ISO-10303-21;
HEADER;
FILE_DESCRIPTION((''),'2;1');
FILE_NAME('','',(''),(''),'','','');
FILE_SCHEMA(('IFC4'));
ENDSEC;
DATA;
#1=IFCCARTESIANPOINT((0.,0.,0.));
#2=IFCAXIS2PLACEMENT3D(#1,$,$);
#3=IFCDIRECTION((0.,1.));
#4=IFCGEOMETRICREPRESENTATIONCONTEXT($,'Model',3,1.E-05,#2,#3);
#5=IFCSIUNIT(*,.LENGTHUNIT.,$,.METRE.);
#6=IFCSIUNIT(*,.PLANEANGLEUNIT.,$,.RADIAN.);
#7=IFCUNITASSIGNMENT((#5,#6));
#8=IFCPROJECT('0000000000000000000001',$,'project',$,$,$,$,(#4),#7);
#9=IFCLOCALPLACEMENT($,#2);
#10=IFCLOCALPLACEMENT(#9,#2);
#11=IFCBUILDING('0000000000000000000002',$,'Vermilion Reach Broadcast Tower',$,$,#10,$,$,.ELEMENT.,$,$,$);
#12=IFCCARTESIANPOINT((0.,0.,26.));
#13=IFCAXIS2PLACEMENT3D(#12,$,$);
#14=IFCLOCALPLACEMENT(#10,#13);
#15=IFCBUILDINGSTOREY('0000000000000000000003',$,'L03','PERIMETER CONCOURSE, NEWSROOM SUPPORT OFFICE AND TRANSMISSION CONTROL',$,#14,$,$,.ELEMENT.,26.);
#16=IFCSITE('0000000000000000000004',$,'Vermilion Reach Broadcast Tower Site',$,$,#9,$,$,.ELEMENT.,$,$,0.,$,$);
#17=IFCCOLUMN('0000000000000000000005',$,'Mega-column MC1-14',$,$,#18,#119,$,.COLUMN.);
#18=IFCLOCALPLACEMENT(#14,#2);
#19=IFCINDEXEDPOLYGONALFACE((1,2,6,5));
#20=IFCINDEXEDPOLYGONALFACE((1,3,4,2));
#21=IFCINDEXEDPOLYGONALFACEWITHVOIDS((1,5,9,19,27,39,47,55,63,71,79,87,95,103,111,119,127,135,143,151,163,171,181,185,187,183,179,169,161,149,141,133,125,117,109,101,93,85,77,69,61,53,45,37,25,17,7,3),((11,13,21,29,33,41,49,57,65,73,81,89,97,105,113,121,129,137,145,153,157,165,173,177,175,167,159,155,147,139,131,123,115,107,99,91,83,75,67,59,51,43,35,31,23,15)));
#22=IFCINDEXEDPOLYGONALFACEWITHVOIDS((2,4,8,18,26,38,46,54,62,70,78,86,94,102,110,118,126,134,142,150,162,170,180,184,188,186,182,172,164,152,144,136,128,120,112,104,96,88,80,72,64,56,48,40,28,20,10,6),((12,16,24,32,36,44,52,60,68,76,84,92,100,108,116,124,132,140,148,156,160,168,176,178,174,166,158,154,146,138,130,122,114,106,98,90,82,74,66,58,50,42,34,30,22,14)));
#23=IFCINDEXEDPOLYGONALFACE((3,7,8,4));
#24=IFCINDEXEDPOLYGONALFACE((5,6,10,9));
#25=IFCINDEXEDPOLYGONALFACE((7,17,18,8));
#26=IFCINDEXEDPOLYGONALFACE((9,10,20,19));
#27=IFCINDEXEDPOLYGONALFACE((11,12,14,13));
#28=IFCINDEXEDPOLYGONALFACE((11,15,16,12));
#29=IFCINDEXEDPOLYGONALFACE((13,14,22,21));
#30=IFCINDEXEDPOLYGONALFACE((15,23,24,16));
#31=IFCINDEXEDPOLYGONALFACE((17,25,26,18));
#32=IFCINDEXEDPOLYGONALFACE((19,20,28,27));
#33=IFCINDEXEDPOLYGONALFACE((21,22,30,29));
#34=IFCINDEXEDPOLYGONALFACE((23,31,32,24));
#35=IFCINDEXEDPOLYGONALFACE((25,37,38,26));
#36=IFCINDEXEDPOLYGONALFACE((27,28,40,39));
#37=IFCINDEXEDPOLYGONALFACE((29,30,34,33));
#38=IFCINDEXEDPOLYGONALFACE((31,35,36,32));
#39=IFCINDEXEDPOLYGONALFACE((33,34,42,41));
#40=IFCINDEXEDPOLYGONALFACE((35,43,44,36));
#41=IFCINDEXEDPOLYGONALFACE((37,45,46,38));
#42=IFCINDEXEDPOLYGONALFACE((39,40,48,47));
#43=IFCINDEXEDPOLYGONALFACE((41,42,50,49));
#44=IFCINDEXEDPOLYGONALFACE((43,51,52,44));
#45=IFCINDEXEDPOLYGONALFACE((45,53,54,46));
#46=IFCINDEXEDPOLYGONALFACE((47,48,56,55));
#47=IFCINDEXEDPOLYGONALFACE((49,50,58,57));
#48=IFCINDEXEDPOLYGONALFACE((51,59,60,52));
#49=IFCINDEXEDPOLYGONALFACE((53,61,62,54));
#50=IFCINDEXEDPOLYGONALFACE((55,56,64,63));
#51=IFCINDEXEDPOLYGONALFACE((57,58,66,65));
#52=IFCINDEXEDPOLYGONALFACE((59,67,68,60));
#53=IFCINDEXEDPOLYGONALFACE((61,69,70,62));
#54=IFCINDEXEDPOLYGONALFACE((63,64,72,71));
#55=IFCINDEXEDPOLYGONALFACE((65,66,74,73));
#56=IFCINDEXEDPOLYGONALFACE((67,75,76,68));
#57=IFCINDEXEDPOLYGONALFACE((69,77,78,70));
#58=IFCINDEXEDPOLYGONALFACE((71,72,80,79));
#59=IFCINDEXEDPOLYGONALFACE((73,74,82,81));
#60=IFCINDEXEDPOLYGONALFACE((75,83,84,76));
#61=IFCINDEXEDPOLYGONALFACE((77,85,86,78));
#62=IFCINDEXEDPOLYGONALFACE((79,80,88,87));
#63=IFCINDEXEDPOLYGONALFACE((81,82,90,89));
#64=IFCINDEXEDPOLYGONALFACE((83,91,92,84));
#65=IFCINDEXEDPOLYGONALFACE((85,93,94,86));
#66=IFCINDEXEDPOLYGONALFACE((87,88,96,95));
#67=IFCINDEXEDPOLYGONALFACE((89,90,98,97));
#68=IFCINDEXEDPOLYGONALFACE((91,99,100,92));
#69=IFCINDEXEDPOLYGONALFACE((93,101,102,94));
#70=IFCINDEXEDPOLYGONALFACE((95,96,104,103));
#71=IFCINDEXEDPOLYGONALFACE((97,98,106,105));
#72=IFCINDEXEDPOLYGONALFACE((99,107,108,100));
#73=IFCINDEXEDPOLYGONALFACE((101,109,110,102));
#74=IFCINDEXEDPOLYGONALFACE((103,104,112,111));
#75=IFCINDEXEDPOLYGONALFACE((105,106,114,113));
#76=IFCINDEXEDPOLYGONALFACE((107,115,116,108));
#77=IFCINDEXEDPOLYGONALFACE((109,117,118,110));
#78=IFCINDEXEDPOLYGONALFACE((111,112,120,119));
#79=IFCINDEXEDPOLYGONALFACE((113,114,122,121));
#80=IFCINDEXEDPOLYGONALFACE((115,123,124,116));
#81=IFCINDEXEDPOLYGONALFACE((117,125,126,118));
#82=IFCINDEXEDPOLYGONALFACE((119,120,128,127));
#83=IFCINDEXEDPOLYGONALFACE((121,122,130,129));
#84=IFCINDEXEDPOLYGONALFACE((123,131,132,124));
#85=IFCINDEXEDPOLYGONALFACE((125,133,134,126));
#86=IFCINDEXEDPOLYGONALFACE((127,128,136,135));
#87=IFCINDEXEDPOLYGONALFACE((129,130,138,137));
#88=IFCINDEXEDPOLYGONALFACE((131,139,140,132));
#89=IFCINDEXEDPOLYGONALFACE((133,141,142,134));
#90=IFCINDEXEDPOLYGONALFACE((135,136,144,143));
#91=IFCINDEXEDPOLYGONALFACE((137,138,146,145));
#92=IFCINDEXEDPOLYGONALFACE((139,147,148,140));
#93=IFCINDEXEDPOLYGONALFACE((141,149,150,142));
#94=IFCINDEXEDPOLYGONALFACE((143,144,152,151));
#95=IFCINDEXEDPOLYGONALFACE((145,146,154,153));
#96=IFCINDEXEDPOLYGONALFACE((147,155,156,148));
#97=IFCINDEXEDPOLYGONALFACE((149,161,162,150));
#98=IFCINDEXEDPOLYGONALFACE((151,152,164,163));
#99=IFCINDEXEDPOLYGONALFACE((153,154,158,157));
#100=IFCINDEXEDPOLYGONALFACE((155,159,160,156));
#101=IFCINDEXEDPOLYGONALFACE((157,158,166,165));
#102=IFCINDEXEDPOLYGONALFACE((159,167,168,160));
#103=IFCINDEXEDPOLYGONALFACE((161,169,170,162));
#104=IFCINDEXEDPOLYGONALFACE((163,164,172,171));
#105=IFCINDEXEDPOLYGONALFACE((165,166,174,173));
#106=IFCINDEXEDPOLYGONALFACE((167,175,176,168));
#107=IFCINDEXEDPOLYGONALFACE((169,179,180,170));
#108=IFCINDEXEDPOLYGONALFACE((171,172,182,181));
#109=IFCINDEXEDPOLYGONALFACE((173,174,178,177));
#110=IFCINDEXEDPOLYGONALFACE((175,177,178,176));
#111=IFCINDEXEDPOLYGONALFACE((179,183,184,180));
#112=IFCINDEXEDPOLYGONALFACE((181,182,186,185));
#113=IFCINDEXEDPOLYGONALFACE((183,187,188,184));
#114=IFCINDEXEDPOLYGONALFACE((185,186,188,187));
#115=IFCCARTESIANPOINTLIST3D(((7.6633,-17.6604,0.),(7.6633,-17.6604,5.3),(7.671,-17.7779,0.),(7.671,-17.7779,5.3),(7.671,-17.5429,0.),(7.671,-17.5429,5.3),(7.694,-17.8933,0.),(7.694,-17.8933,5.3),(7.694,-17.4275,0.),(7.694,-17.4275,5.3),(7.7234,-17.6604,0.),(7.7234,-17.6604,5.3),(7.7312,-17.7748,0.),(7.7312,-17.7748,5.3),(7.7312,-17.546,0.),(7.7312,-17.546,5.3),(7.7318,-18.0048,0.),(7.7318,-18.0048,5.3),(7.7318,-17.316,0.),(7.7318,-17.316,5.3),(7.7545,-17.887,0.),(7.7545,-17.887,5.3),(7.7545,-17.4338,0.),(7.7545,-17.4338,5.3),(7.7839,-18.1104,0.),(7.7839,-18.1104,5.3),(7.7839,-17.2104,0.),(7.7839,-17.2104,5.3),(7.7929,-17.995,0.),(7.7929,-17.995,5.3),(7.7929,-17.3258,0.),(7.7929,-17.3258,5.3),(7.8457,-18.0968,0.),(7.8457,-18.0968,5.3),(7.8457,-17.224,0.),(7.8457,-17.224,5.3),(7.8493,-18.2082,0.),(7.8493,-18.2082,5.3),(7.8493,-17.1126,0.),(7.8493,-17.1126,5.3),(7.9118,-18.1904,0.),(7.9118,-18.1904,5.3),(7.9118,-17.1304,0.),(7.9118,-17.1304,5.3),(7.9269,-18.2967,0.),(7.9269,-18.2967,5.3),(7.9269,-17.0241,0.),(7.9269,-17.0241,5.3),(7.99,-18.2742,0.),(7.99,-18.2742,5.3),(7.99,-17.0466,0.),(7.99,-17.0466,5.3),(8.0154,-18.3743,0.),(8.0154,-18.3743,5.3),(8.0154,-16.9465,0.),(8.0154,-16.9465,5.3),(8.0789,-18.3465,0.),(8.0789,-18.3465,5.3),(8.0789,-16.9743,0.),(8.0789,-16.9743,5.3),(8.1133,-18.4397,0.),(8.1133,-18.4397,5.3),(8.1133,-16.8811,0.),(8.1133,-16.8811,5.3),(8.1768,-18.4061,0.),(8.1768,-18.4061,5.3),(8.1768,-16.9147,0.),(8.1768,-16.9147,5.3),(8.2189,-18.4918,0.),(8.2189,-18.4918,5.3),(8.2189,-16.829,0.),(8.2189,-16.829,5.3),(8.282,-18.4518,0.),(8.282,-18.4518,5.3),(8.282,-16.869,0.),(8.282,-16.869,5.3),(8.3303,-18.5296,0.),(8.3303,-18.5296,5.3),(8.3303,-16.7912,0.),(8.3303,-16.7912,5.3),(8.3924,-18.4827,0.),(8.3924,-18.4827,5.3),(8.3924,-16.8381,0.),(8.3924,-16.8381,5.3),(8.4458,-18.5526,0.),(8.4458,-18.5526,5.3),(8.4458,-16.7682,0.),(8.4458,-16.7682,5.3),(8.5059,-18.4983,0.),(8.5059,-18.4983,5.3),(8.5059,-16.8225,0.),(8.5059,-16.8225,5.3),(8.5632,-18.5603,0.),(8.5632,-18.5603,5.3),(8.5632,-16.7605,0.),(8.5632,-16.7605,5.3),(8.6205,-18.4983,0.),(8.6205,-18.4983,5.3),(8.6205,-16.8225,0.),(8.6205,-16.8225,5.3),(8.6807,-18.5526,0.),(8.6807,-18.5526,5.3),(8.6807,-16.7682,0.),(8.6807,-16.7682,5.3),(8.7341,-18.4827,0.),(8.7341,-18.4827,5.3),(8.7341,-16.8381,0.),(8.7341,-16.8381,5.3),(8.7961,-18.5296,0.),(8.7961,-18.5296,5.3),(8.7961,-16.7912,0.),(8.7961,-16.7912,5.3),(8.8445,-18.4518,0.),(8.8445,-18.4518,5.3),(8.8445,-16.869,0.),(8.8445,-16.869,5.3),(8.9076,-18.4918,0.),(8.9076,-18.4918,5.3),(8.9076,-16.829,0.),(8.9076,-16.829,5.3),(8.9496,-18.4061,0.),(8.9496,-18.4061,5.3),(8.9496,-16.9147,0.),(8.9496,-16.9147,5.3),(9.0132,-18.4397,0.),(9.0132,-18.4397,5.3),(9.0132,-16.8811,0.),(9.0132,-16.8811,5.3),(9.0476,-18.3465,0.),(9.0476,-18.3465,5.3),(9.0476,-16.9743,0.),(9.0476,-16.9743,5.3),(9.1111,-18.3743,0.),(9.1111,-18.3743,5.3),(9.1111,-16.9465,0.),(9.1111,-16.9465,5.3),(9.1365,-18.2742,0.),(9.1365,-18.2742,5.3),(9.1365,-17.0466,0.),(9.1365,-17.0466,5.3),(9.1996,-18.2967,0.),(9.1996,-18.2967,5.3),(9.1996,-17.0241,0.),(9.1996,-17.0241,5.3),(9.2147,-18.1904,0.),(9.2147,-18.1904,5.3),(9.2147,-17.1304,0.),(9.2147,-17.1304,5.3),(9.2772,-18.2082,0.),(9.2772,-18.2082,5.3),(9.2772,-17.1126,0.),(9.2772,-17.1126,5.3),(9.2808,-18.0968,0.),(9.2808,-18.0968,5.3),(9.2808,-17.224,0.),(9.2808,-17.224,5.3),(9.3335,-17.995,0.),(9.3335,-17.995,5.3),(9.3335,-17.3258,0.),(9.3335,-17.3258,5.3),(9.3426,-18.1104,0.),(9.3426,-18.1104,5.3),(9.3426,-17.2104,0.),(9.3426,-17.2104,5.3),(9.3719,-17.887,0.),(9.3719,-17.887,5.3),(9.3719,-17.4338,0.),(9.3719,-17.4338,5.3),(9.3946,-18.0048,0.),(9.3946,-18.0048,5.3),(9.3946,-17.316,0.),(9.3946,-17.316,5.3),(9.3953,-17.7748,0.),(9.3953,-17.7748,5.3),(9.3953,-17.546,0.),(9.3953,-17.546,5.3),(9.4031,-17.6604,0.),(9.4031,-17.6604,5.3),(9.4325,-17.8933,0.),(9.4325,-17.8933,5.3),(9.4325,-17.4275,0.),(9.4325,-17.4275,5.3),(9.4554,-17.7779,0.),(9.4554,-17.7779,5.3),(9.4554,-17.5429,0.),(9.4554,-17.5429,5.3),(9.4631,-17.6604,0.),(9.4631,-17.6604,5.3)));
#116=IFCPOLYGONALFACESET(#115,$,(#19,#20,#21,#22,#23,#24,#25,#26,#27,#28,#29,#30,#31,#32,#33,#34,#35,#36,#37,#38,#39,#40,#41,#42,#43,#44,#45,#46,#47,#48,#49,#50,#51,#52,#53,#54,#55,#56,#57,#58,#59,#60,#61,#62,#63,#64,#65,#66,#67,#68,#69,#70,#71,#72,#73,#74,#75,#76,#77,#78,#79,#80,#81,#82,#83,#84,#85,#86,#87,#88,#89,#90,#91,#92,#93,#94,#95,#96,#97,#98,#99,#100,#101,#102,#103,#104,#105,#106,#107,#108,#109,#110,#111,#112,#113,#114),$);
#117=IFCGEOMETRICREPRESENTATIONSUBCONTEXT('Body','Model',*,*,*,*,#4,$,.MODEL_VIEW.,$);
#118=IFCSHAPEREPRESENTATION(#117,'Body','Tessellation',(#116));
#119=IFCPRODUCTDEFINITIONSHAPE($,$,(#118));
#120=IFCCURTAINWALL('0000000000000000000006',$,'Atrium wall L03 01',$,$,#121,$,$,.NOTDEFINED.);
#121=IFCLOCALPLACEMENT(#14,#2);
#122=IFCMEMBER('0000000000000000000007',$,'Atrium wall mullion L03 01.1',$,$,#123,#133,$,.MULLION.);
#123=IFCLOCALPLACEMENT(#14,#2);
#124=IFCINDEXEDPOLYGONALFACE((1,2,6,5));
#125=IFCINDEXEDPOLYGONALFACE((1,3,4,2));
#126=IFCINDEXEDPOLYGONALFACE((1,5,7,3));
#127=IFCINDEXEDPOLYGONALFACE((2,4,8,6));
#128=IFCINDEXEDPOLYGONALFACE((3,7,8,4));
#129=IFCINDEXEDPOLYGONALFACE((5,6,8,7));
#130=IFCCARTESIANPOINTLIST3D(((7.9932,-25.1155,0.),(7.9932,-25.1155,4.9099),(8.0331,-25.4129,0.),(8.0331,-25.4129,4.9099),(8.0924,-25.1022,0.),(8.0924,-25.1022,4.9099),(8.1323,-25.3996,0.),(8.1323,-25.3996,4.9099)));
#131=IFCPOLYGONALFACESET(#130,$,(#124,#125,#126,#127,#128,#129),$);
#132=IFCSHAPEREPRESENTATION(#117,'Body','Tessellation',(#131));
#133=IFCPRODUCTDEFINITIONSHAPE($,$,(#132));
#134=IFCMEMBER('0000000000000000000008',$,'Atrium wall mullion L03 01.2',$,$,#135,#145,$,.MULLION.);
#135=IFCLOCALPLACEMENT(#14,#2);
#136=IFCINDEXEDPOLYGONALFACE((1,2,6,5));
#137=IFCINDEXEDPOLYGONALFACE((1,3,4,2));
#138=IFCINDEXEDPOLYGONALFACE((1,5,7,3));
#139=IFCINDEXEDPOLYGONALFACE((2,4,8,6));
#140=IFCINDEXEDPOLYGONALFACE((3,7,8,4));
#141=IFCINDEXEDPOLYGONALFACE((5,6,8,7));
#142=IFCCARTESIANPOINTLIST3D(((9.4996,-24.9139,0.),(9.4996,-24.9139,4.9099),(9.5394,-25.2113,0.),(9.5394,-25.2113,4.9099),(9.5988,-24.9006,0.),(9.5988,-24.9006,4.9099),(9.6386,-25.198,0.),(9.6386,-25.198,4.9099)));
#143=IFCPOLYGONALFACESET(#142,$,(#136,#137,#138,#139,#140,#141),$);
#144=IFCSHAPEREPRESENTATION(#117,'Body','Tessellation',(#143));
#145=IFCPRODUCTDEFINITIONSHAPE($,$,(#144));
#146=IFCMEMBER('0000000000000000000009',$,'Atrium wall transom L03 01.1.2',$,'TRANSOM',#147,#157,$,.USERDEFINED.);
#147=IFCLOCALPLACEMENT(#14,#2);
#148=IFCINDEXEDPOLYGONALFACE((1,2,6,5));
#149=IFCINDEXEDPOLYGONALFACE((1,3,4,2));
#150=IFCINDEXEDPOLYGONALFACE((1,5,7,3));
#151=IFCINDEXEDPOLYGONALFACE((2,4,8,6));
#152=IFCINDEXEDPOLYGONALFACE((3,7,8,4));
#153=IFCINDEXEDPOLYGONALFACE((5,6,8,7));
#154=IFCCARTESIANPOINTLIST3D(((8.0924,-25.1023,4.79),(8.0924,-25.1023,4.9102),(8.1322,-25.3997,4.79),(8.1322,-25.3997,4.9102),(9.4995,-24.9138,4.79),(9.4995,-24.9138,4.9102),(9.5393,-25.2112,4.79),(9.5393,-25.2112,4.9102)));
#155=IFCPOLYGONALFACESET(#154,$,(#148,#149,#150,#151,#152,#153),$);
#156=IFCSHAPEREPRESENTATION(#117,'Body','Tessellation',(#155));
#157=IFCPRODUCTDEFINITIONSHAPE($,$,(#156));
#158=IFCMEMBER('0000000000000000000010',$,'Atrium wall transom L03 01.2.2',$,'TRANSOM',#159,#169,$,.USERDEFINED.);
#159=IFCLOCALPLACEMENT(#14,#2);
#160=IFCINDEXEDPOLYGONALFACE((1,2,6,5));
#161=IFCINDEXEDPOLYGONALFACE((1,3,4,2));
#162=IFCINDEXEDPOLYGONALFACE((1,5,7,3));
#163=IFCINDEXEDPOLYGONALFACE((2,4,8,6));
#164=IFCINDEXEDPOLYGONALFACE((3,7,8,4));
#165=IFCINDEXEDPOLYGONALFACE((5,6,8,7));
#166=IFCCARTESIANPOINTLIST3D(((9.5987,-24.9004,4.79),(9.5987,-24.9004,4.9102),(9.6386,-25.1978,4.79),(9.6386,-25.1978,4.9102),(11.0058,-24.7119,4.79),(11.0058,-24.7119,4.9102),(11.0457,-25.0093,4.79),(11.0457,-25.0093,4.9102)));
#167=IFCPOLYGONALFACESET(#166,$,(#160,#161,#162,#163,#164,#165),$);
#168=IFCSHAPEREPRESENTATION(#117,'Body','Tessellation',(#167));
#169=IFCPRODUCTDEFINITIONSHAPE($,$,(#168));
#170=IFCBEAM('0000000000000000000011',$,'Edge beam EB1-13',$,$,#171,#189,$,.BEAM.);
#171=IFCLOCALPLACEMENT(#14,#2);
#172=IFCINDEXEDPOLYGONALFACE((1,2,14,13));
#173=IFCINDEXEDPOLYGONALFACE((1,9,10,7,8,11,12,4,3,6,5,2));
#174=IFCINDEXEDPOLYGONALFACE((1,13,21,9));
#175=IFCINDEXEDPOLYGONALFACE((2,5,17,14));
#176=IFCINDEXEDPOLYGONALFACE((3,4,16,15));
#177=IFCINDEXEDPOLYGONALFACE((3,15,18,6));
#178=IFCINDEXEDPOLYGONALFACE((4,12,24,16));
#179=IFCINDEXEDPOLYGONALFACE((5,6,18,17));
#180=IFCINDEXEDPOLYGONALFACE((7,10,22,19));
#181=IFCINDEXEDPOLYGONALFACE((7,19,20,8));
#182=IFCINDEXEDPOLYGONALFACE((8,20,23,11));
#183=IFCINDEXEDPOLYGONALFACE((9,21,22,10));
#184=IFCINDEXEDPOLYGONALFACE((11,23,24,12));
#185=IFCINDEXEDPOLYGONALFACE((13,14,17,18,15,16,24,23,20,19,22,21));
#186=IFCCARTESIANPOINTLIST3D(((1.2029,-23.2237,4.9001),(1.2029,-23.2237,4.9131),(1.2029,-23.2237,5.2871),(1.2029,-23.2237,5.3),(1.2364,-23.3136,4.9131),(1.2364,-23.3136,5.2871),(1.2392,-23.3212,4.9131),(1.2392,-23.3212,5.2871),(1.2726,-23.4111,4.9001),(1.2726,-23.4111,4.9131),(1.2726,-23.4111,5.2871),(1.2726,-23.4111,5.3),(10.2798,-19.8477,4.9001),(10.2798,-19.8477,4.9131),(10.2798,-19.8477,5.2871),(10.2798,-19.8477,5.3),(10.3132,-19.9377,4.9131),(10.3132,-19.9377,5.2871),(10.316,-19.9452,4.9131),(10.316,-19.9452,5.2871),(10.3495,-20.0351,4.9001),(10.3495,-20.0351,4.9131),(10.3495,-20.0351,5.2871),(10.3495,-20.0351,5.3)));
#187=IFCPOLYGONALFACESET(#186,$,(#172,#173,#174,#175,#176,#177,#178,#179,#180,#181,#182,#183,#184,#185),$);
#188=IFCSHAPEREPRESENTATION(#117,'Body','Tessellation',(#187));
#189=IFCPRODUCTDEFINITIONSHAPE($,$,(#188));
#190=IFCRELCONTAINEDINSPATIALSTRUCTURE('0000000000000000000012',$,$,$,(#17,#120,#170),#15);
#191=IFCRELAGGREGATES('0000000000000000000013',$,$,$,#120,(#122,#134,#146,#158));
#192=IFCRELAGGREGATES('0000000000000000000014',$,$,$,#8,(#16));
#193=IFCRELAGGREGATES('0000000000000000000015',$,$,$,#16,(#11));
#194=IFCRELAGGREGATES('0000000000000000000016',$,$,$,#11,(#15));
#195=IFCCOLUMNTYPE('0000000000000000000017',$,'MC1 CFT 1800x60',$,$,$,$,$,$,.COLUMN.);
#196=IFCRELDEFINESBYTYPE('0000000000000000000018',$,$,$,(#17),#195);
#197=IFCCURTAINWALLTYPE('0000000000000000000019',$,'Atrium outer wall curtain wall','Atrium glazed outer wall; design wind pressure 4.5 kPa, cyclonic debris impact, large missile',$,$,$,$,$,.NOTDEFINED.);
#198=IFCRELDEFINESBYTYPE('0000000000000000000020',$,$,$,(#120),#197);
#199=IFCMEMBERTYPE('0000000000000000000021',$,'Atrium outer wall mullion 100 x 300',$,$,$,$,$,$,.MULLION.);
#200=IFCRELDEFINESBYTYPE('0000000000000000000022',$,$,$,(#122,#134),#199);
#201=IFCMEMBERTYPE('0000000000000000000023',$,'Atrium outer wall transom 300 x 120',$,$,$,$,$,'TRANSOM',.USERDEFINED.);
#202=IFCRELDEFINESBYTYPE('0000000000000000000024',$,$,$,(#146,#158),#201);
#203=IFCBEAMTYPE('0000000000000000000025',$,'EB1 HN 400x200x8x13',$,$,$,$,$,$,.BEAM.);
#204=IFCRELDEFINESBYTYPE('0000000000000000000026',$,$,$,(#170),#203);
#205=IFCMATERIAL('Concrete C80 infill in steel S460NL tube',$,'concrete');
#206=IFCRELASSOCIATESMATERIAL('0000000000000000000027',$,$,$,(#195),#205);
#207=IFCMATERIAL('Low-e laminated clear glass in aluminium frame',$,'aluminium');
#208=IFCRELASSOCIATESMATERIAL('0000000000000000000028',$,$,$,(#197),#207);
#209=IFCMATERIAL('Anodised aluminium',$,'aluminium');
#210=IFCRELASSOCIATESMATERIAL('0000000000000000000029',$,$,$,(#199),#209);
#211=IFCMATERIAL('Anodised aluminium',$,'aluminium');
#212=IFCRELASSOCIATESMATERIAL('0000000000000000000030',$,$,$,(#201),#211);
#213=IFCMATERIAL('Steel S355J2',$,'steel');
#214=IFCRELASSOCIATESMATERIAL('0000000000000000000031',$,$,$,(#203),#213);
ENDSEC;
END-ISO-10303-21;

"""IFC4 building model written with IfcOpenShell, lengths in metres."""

from ifc_helpers import new_model, si_unit, direction, frame, origin, origin_2d, place, context, subcontext, project, spatial, rectangle, hollow_circle, i_section, extrude, material, material_profile, profile_set, type_object, element, aggregate, save


model = new_model("IFC4")

# Units and contexts
model_context = context("Model", 3, precision=1e-05, world=origin(), true_north=direction((0.0, 1.0)))
body_context = subcontext(model_context, "Body", "Model", "MODEL_VIEW")
ifc_project = project(units=[si_unit("LENGTHUNIT", "METRE"), si_unit("PLANEANGLEUNIT", "RADIAN")], contexts=[model_context])

# Site, building, storey
site_placement = place(None, origin())
site = spatial("IfcSite", under=ifc_project, at=site_placement, Name="Vermilion Reach Broadcast Tower Site", CompositionType="ELEMENT", RefElevation=0.0)
building_placement = place(site_placement, origin())
building = spatial("IfcBuilding", under=site, at=building_placement, Name="Vermilion Reach Broadcast Tower", CompositionType="ELEMENT")
storey_placement = place(building_placement, frame((0.0, 0.0, 26.0)))
storey = spatial("IfcBuildingStorey", under=building, at=storey_placement, Name="L03", Description="PERIMETER CONCOURSE, NEWSROOM SUPPORT OFFICE AND TRANSMISSION CONTROL", CompositionType="ELEMENT", Elevation=26.0)

# Column
ifc_material_1 = material(Name="Concrete C80 infill in steel S460NL tube", Category="concrete")
ifc_material_profile_1 = material_profile(ifc_material_1, hollow_circle(Radius=0.8999, WallThickness=0.0601, at=origin_2d()), Name="Concrete C80 infill in steel S460NL tube CFT 1800x60")
ifc_profile_set_1 = profile_set([ifc_material_profile_1], Name="Concrete C80 infill in steel S460NL tube")
column_type = type_object("IfcColumnType", Name="MC1 CFT 1800x60", PredefinedType="COLUMN", material=ifc_profile_set_1)
for number, where, z_axis, x_axis, name in (
    (1, (8.5632, -17.6604, 0.0), (0.0, 0.0, 1.0), (1.0, 0.0, 0.0), "Mega-column MC1-14"),
):
    element("IfcColumn", number, at=place(storey_placement, frame(where, z_axis=z_axis, x_axis=x_axis)), inside=storey, type_object=column_type, Name=name, PredefinedType="COLUMN", context=body_context, shape_type="SweptSolid", body=[
        extrude(hollow_circle(Radius=0.8999, WallThickness=0.0601, at=origin_2d()), origin(), (0.0, 0.0, 1.0), 5.3),
    ])

# Curtain wall, members
ifc_material_2 = material(Name="Low-e laminated clear glass in aluminium frame", Category="aluminium")
curtain_wall_type = type_object("IfcCurtainWallType", Name="Atrium outer wall curtain wall", Description="Atrium glazed outer wall; design wind pressure 4.5 kPa, cyclonic debris impact, large missile", PredefinedType="NOTDEFINED", material=ifc_material_2)
curtain_wall_placement = place(storey_placement, origin())
curtain_wall = element("IfcCurtainWall", 2, at=curtain_wall_placement, inside=storey, type_object=curtain_wall_type, Name="Atrium wall L03 01", PredefinedType="NOTDEFINED")
ifc_material_3 = material(Name="Anodised aluminium", Category="aluminium")
ifc_material_profile_2 = material_profile(ifc_material_3, rectangle(XDim=0.3, YDim=0.1001, at=origin_2d()), Name="Atrium outer wall mullion 100 x 300")
ifc_profile_set_2 = profile_set([ifc_material_profile_2], Name="Anodised aluminium")
member_type_1 = type_object("IfcMemberType", Name="Atrium outer wall mullion 100 x 300", PredefinedType="MULLION", material=ifc_profile_set_2)
member_1_placement = place(storey_placement, frame((8.0627, -25.2576, 0.0), z_axis=(0.0, 0.0, 1.0), x_axis=(-0.132794, 0.991144, 0.0)))
member_1 = element("IfcMember", 3, at=member_1_placement, type_object=member_type_1, Name="Atrium wall mullion L03 01.1", PredefinedType="MULLION", context=body_context, shape_type="SweptSolid", body=[
    extrude(rectangle(XDim=0.3, YDim=0.1001, at=origin_2d()), origin(), (0.0, 0.0, 1.0), 4.9099),
])
member_2_placement = place(storey_placement, frame((9.5691, -25.0559, 0.0), z_axis=(0.0, 0.0, 1.0), x_axis=(-0.132794, 0.991144, 0.0)))
member_2 = element("IfcMember", 4, at=member_2_placement, type_object=member_type_1, Name="Atrium wall mullion L03 01.2", PredefinedType="MULLION", context=body_context, shape_type="SweptSolid", body=[
    extrude(rectangle(XDim=0.3, YDim=0.1001, at=origin_2d()), origin(), (0.0, 0.0, 1.0), 4.9099),
])
ifc_material_4 = material(Name="Anodised aluminium", Category="aluminium")
ifc_material_profile_3 = material_profile(ifc_material_4, rectangle(XDim=0.3, YDim=0.1201, at=origin_2d()), Name="Atrium outer wall transom 300 x 120")
ifc_profile_set_3 = profile_set([ifc_material_profile_3], Name="Anodised aluminium")
member_type_2 = type_object("IfcMemberType", Name="Atrium outer wall transom 300 x 120", ElementType="TRANSOM", PredefinedType="USERDEFINED", material=ifc_profile_set_3)
member_3_placement = place(storey_placement, frame((8.1123, -25.251, 4.8501), z_axis=(0.99115, 0.132749, 0.0), x_axis=(-0.132749, 0.99115, 0.0)))
member_3 = element("IfcMember", 5, at=member_3_placement, type_object=member_type_2, Name="Atrium wall transom L03 01.1.2", ObjectType="TRANSOM", PredefinedType="USERDEFINED", context=body_context, shape_type="SweptSolid", body=[
    extrude(rectangle(XDim=0.3, YDim=0.1201, at=origin_2d()), origin(), (0.0, 0.0, 1.0), 1.4197),
])
member_4_placement = place(storey_placement, frame((9.6187, -25.0491, 4.8501), z_axis=(0.99115, 0.132749, 0.0), x_axis=(-0.132749, 0.99115, 0.0)))
member_4 = element("IfcMember", 6, at=member_4_placement, type_object=member_type_2, Name="Atrium wall transom L03 01.2.2", ObjectType="TRANSOM", PredefinedType="USERDEFINED", context=body_context, shape_type="SweptSolid", body=[
    extrude(rectangle(XDim=0.3, YDim=0.1201, at=origin_2d()), origin(), (0.0, 0.0, 1.0), 1.4197),
])

# Beam
ifc_material_5 = material(Name="Steel S355J2", Category="steel")
ifc_material_profile_4 = material_profile(ifc_material_5, i_section(OverallWidth=0.2, OverallDepth=0.3999, WebThickness=0.0081, FlangeThickness=0.0129, at=origin_2d()), Name="S355J2 HN 400x200x8x13")
ifc_profile_set_4 = profile_set([ifc_material_profile_4], Name="Steel S355J2")
beam_type_1 = type_object("IfcBeamType", Name="EB1 HN 400x200x8x13", PredefinedType="BEAM", material=ifc_profile_set_4)
beam_1_placement = place(storey_placement, frame((1.2378, -23.3174, 5.1001), z_axis=(0.937272, 0.3486, 0.0), x_axis=(-0.3486, 0.937272, 0.0)))
element("IfcBeam", 7, at=beam_1_placement, inside=storey, type_object=beam_type_1, Name="Edge beam EB1-13", PredefinedType="BEAM", context=body_context, shape_type="SweptSolid", body=[
    extrude(i_section(OverallWidth=0.2, OverallDepth=0.3999, WebThickness=0.0081, FlangeThickness=0.0129, at=origin_2d()), origin(), (0.0, 0.0, 1.0), 9.6843),
])

aggregate(curtain_wall, [member_1, member_2, member_3, member_4])

save(model, "model.ifc")
